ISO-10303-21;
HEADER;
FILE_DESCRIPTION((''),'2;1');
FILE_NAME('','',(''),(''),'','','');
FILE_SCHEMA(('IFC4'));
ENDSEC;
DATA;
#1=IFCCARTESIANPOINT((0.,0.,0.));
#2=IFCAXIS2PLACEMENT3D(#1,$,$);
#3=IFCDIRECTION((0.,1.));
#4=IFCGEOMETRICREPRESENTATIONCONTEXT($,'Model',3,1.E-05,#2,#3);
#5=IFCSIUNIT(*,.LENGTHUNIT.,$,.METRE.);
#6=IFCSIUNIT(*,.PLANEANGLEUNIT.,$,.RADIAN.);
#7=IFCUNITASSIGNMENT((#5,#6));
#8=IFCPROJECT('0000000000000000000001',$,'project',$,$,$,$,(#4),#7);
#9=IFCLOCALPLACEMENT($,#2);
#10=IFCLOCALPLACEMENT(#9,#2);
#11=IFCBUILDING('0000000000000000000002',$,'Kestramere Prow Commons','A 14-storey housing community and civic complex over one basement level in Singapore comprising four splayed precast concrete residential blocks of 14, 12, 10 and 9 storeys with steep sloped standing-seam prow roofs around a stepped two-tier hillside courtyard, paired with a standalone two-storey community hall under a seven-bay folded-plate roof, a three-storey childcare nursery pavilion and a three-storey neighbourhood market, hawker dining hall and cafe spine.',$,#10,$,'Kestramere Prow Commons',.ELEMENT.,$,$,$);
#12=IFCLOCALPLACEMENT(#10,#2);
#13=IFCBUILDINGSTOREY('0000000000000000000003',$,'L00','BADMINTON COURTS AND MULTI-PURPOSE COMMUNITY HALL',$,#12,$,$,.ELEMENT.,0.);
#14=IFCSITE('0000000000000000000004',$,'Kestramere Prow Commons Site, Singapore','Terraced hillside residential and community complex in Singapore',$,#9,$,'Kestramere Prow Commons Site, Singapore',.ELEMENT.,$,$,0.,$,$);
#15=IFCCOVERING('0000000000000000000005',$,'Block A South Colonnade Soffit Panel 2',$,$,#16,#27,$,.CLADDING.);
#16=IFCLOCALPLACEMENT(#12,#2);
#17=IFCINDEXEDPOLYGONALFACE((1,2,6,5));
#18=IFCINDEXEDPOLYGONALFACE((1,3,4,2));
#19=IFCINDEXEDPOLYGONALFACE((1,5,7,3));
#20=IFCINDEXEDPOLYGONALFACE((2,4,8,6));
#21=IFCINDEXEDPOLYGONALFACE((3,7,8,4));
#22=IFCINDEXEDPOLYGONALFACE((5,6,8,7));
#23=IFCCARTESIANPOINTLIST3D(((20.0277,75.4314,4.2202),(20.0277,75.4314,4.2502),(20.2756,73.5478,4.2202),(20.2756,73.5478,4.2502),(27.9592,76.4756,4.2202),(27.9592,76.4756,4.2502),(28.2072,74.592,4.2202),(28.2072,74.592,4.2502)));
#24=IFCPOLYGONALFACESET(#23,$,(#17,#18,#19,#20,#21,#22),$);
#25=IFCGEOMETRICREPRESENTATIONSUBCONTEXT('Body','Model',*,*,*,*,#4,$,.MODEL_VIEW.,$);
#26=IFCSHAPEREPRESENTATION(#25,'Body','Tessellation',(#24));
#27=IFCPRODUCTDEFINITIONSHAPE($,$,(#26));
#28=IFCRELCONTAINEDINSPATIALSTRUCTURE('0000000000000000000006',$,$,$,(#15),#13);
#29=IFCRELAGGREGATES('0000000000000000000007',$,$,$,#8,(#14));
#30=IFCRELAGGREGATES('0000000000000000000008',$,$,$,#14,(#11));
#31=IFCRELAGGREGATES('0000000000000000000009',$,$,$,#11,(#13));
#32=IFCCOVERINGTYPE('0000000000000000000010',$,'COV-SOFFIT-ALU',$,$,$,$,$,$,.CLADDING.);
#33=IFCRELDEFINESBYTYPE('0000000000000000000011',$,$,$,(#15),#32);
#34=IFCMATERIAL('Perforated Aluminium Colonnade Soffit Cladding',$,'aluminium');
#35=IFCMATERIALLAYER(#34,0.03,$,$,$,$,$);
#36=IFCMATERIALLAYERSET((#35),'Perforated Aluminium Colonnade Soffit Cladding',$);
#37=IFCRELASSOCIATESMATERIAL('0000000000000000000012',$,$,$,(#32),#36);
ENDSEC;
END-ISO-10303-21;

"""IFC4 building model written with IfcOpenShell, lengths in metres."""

from ifc_helpers import new_model, si_unit, direction, frame, origin, origin_2d, place, context, subcontext, project, spatial, rectangle, extrude, material, layer, layer_set, type_object, element, save


model = new_model("IFC4")

# Units and contexts
model_context = context("Model", 3, precision=1e-05, world=origin(), true_north=direction((0.0, 1.0)))
body_context = subcontext(model_context, "Body", "Model", "MODEL_VIEW")
ifc_project = project(units=[si_unit("LENGTHUNIT", "METRE"), si_unit("PLANEANGLEUNIT", "RADIAN")], contexts=[model_context])

# Site, building, storey
site_placement = place(None, origin())
site = spatial("IfcSite", under=ifc_project, at=site_placement, Name="Kestramere Prow Commons Site, Singapore", Description="Terraced hillside residential and community complex in Singapore", LongName="Kestramere Prow Commons Site, Singapore", CompositionType="ELEMENT", RefElevation=0.0)
building_placement = place(site_placement, origin())
building = spatial("IfcBuilding", under=site, at=building_placement, Name="Kestramere Prow Commons", Description="A 14-storey housing community and civic complex over one basement level in Singapore comprising four splayed precast concrete residential blocks of 14, 12, 10 and 9 storeys with steep sloped standing-seam prow roofs around a stepped two-tier hillside courtyard, paired with a standalone two-storey community hall under a seven-bay folded-plate roof, a three-storey childcare nursery pavilion and a three-storey neighbourhood market, hawker dining hall and cafe spine.", LongName="Kestramere Prow Commons", CompositionType="ELEMENT")
storey_placement = place(building_placement, origin())
storey = spatial("IfcBuildingStorey", under=building, at=storey_placement, Name="L00", Description="BADMINTON COURTS AND MULTI-PURPOSE COMMUNITY HALL", CompositionType="ELEMENT", Elevation=0.0)

# Covering
ifc_material_1 = material(Name="Perforated Aluminium Colonnade Soffit Cladding", Category="aluminium")
ifc_layer_1 = layer(ifc_material_1, 0.03)
ifc_layer_set_1 = layer_set([ifc_layer_1], Name="Perforated Aluminium Colonnade Soffit Cladding")
covering_type = type_object("IfcCoveringType", Name="COV-SOFFIT-ALU", PredefinedType="CLADDING", material=ifc_layer_set_1)
covering_placement = place(storey_placement, frame((24.1174, 75.0117, 4.2202), z_axis=(0.0, 0.0, 1.0), x_axis=(0.991445, 0.130526, 0.0)))
element("IfcCovering", 1, at=covering_placement, inside=storey, type_object=covering_type, Name="Block A South Colonnade Soffit Panel 2", PredefinedType="CLADDING", context=body_context, shape_type="SweptSolid", body=[
    extrude(rectangle(XDim=8.0, YDim=1.8999, at=origin_2d()), origin(), (0.0, 0.0, 1.0), 0.03),
])

save(model, "model.ifc")
